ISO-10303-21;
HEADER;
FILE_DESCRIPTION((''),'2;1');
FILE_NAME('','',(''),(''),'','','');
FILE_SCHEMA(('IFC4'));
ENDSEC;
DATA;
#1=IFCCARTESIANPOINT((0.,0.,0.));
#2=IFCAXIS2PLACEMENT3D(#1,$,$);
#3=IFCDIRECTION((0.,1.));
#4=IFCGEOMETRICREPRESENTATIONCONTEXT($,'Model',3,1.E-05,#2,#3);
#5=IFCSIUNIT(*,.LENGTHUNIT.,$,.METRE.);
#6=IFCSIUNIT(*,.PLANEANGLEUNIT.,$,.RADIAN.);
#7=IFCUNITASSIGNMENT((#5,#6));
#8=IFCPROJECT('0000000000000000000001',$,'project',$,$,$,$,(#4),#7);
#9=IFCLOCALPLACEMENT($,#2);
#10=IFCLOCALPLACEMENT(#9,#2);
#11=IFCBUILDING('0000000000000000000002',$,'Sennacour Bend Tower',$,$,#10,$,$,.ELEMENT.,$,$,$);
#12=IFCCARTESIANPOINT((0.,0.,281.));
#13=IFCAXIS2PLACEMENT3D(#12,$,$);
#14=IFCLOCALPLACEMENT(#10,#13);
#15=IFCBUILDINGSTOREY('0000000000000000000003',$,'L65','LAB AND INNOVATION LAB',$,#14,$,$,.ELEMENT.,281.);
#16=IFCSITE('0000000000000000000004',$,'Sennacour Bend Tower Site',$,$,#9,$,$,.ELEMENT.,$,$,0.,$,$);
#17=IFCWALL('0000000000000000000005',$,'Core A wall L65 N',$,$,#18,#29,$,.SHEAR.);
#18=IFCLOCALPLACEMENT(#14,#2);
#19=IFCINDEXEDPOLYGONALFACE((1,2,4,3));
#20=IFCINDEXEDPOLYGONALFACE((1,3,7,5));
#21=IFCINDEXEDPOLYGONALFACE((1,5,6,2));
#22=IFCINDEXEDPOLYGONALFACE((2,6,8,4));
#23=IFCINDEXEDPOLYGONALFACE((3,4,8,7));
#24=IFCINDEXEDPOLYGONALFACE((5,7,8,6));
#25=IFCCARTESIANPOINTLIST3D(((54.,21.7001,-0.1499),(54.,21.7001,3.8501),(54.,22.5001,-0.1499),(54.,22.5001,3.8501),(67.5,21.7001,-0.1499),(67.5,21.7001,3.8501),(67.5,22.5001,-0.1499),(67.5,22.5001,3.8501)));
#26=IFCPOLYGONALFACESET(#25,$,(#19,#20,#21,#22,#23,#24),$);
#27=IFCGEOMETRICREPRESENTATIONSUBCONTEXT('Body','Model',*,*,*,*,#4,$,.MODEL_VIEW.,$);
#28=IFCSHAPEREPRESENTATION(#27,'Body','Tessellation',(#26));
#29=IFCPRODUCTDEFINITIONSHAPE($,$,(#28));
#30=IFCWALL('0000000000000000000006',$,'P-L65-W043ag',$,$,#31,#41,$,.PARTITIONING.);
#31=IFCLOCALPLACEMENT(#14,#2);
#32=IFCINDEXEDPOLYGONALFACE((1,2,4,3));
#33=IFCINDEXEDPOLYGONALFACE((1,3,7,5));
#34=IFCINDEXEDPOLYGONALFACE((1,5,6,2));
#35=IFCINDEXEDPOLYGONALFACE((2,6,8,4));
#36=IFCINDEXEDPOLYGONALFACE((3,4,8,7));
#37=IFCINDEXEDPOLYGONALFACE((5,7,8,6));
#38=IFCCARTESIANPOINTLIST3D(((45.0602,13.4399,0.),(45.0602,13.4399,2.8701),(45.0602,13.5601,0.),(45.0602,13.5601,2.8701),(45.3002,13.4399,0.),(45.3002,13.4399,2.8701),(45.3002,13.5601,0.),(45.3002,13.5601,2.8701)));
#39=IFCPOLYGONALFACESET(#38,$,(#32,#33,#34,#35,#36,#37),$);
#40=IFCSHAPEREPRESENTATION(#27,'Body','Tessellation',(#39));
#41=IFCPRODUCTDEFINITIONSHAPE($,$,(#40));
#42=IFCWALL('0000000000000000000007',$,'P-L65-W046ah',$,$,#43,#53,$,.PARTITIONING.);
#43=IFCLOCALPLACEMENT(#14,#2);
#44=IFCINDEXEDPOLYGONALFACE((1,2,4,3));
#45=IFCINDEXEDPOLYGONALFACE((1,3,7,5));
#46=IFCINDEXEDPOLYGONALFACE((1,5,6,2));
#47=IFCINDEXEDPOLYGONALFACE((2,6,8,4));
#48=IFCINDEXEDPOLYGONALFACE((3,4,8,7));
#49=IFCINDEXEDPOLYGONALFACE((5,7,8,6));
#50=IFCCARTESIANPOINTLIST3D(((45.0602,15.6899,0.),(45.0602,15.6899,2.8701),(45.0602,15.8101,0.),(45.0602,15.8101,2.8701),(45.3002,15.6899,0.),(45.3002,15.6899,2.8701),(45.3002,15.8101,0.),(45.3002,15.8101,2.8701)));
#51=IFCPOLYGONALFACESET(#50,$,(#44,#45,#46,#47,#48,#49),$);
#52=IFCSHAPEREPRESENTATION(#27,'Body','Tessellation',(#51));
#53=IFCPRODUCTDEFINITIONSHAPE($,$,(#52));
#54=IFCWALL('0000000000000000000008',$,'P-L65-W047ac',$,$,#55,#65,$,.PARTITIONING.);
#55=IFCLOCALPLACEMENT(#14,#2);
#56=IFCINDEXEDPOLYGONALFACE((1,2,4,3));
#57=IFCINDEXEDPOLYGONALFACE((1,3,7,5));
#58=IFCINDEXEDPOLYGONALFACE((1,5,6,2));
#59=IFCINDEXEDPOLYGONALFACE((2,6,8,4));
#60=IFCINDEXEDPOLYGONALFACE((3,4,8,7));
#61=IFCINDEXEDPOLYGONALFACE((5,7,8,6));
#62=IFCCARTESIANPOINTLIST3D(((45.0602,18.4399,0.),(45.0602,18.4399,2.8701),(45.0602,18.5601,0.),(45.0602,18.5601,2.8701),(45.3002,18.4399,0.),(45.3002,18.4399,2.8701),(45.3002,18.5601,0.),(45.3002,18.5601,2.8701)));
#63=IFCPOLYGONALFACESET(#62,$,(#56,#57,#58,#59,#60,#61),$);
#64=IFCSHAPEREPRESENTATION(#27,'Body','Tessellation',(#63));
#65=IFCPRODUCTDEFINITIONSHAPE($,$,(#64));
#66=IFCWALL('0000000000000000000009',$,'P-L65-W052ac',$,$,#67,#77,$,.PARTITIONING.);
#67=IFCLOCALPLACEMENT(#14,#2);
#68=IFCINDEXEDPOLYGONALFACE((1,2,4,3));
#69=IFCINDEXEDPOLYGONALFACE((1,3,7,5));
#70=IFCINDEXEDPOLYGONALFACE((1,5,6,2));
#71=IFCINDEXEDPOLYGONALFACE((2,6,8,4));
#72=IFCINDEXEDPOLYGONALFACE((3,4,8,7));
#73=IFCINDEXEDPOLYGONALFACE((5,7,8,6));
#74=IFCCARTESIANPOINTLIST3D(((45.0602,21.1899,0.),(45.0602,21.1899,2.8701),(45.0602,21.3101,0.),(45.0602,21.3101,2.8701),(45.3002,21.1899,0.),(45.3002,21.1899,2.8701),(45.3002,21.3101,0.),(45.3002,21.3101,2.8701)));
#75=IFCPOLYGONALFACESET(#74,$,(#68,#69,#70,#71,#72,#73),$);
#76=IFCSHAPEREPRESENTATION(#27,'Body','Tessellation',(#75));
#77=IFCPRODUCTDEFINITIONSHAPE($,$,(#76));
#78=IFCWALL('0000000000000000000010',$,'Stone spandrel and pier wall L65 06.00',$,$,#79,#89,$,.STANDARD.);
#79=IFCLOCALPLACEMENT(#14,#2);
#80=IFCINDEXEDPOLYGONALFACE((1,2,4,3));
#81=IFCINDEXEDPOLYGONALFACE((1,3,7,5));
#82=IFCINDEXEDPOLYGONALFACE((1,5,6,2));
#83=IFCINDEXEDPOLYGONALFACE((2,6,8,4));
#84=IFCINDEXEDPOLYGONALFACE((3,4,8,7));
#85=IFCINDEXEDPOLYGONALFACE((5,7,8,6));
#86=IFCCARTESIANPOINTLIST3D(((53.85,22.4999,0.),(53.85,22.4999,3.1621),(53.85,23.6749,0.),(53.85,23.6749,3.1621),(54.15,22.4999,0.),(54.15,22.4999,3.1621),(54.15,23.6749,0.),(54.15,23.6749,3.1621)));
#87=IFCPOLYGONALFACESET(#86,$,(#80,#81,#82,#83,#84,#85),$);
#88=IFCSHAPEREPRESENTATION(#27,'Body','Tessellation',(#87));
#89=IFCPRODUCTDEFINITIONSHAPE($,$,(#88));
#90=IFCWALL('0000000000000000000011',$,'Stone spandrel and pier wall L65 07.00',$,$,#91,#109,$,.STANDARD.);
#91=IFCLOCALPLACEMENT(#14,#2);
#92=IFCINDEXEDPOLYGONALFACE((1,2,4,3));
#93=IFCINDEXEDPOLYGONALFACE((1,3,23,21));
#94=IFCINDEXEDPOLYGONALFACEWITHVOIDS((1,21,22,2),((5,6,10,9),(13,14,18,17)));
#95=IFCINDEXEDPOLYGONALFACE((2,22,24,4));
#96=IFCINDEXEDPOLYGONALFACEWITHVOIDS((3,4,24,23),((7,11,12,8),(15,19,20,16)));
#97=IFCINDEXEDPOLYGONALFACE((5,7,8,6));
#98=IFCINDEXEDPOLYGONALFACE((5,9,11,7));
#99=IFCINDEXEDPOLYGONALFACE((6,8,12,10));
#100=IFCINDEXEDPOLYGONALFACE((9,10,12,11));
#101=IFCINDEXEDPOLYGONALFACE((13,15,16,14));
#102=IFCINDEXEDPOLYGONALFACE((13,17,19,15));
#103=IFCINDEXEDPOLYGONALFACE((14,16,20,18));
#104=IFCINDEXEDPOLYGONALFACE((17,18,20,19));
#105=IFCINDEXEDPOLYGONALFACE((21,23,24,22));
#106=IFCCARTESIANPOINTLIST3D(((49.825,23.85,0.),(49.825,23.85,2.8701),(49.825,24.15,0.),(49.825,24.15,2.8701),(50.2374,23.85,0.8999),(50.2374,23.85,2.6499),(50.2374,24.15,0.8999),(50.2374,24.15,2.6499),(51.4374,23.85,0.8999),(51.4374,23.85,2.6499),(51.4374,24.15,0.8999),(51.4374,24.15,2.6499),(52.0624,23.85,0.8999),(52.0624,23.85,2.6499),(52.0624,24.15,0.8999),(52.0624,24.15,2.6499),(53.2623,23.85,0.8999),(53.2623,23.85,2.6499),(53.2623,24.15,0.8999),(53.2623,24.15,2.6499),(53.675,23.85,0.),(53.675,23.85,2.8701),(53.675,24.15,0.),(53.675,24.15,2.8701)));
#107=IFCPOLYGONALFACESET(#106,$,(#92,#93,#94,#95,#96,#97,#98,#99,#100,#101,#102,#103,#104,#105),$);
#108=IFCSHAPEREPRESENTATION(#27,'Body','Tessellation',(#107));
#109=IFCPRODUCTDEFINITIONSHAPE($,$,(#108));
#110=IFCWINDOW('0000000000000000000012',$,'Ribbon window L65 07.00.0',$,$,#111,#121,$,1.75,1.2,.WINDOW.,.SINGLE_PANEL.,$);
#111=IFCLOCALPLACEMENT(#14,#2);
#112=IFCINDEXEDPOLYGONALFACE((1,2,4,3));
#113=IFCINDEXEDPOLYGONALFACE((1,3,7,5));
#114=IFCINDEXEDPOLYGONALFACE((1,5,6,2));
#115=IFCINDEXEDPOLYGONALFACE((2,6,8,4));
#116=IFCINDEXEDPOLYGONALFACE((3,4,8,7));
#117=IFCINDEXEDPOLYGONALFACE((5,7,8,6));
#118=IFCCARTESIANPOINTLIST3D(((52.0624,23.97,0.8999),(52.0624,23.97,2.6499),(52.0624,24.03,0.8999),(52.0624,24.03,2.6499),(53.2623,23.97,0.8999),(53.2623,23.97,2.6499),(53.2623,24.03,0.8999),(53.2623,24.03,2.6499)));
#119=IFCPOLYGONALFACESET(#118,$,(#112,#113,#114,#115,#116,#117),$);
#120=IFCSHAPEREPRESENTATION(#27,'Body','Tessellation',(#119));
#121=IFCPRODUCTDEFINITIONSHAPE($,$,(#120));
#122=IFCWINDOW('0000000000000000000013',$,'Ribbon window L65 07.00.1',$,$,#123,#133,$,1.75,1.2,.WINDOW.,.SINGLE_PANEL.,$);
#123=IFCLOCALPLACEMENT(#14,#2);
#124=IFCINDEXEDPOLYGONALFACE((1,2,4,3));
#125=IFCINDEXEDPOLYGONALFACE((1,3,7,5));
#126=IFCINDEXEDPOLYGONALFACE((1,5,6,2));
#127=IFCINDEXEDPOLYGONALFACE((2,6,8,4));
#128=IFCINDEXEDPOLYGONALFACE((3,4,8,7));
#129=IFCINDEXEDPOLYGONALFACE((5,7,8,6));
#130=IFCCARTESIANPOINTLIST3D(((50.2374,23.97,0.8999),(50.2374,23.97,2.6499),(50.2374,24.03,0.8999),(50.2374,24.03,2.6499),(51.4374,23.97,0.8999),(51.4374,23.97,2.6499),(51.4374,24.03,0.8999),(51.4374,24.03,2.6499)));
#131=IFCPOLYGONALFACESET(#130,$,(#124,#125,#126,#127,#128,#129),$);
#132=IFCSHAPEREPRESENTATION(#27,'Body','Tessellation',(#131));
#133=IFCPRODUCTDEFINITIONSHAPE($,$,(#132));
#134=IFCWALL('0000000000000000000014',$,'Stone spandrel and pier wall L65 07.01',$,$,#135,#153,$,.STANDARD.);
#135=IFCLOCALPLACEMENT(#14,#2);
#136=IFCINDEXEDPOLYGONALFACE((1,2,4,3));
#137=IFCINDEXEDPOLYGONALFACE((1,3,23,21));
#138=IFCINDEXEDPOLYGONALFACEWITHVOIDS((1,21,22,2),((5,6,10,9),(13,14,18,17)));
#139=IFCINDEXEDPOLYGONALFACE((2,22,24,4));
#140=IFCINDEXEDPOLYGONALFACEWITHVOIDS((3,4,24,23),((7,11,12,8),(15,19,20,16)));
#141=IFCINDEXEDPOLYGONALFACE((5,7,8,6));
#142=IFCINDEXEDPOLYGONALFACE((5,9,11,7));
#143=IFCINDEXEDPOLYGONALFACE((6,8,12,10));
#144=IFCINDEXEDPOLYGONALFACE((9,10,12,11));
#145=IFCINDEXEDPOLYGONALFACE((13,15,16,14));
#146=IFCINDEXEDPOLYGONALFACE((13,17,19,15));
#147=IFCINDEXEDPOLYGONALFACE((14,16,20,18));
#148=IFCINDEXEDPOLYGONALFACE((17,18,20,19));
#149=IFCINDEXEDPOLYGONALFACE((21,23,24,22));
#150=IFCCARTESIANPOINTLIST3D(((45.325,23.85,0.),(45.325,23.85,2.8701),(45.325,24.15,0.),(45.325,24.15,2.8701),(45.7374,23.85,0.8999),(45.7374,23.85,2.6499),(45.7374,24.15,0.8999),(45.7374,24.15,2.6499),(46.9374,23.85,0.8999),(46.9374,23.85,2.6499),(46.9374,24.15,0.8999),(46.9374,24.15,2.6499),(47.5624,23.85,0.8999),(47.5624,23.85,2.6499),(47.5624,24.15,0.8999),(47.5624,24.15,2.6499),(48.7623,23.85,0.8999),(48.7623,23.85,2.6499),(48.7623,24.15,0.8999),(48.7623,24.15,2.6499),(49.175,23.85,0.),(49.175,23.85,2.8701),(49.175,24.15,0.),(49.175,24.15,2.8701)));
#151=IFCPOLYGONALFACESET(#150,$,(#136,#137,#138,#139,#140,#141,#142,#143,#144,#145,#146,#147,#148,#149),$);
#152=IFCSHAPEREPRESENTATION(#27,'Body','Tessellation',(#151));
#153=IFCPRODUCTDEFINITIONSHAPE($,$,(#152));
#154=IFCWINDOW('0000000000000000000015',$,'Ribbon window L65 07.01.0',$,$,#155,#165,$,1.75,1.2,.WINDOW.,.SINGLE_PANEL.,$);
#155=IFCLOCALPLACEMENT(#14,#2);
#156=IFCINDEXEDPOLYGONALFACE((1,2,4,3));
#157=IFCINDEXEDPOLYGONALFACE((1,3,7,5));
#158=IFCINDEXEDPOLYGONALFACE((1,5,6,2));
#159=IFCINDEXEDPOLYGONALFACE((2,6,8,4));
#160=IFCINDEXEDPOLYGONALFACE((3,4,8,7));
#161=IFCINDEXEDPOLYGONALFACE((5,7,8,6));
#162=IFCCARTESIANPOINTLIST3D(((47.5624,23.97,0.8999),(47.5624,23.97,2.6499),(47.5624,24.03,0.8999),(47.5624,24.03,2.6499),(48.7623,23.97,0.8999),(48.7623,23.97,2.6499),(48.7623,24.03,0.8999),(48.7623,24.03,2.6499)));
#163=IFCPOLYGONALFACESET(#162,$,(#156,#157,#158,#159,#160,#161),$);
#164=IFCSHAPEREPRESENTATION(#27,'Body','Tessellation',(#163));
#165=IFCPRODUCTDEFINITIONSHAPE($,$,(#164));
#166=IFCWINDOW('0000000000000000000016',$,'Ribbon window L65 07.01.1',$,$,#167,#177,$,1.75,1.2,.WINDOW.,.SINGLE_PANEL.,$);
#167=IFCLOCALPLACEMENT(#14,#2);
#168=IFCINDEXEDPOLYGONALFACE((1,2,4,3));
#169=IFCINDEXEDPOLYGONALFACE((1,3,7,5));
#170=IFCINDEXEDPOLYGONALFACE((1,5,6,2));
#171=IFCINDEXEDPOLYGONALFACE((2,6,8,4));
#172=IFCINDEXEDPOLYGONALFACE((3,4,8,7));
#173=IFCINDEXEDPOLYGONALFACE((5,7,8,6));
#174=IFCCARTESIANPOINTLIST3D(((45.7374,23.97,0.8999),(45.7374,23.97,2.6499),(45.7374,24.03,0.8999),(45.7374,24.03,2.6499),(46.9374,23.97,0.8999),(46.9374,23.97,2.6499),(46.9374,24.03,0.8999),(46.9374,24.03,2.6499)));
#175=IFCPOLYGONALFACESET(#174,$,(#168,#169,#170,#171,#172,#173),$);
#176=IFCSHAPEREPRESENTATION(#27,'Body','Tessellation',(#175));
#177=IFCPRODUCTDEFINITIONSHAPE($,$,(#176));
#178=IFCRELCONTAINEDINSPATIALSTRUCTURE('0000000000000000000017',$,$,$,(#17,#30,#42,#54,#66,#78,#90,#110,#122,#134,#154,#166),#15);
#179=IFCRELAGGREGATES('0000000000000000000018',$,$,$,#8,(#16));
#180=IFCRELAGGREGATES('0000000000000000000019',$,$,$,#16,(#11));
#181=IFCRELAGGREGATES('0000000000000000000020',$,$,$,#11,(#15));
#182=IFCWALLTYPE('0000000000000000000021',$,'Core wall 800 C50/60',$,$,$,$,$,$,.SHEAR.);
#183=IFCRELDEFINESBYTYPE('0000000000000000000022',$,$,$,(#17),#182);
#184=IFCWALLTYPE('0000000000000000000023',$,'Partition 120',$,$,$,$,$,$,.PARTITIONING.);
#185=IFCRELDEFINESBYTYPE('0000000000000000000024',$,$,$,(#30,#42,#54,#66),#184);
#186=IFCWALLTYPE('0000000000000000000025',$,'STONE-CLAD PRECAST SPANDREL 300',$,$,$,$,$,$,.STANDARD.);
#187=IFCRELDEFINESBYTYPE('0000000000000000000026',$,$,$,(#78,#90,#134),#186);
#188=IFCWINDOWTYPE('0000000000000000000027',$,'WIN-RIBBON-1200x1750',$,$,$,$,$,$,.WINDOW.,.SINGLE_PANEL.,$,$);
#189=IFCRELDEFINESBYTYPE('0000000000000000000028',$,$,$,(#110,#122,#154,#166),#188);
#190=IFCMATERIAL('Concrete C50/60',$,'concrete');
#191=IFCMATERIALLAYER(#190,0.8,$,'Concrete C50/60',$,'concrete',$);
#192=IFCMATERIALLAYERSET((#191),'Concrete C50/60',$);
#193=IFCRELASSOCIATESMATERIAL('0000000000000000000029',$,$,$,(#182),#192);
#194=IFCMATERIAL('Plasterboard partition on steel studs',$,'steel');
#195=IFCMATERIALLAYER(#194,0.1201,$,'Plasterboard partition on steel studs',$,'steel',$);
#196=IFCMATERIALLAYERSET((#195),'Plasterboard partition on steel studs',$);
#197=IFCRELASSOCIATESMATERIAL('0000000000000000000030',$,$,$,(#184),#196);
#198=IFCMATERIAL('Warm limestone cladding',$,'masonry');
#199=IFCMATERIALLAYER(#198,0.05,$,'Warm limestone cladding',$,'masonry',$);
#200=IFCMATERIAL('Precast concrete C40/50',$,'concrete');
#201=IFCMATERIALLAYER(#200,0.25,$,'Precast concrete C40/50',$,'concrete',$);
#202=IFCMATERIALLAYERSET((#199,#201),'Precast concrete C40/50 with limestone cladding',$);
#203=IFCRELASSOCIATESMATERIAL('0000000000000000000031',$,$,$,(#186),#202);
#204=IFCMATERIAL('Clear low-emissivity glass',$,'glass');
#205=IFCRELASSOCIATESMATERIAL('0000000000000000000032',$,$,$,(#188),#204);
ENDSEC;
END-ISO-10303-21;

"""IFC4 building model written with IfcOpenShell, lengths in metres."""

from ifc_helpers import new_model, si_unit, direction, frame, frame_2d, origin, place, context, subcontext, project, spatial, rectangle, extrude, material, layer, layer_set, type_object, element, fill, save


model = new_model("IFC4")

# Units and contexts
model_context = context("Model", 3, precision=1e-05, world=origin(), true_north=direction((0.0, 1.0)))
body_context = subcontext(model_context, "Body", "Model", "MODEL_VIEW")
ifc_project = project(units=[si_unit("LENGTHUNIT", "METRE"), si_unit("PLANEANGLEUNIT", "RADIAN")], contexts=[model_context])

# Site, building, storey
site_placement = place(None, origin())
site = spatial("IfcSite", under=ifc_project, at=site_placement, Name="Sennacour Bend Tower Site", CompositionType="ELEMENT", RefElevation=0.0)
building_placement = place(site_placement, origin())
building = spatial("IfcBuilding", under=site, at=building_placement, Name="Sennacour Bend Tower", CompositionType="ELEMENT")
storey_placement = place(building_placement, frame((0.0, 0.0, 281.0)))
storey = spatial("IfcBuildingStorey", under=building, at=storey_placement, Name="L65", Description="LAB AND INNOVATION LAB", CompositionType="ELEMENT", Elevation=281.0)

# Walls
ifc_material_1 = material(Name="Concrete C50/60", Category="concrete")
ifc_layer_1 = layer(ifc_material_1, 0.8, Name="Concrete C50/60", Category="concrete")
ifc_layer_set_1 = layer_set([ifc_layer_1], Name="Concrete C50/60")
wall_type_1 = type_object("IfcWallType", Name="Core wall 800 C50/60", PredefinedType="SHEAR", material=ifc_layer_set_1)
wall_1_placement = place(storey_placement, frame((54.0, 22.1001, -0.1499), z_axis=(0.0, 0.0, 1.0), x_axis=(1.0, 0.0, 0.0)))
element("IfcWall", 1, at=wall_1_placement, inside=storey, type_object=wall_type_1, Name="Core A wall L65 N", PredefinedType="SHEAR", context=body_context, shape_type="SweptSolid", body=[
    extrude(rectangle(XDim=13.5, YDim=0.8, at=frame_2d((6.75, 0.0))), origin(), (0.0, 0.0, 1.0), 4.0),
])
ifc_material_2 = material(Name="Plasterboard partition on steel studs", Category="steel")
ifc_layer_2 = layer(ifc_material_2, 0.1201, Name="Plasterboard partition on steel studs", Category="steel")
ifc_layer_set_2 = layer_set([ifc_layer_2], Name="Plasterboard partition on steel studs")
wall_type_2 = type_object("IfcWallType", Name="Partition 120", PredefinedType="PARTITIONING", material=ifc_layer_set_2)
for number, where, z_axis, x_axis, name in (
    (2, (45.0601, 13.5, 0.0), (0.0, 0.0, 1.0), (1.0, 0.0, 0.0), "P-L65-W043ag"),
    (3, (45.0601, 15.75, 0.0), (0.0, 0.0, 1.0), (1.0, 0.0, 0.0), "P-L65-W046ah"),
    (4, (45.0601, 18.5, 0.0), (0.0, 0.0, 1.0), (1.0, 0.0, 0.0), "P-L65-W047ac"),
    (5, (45.0601, 21.25, 0.0), (0.0, 0.0, 1.0), (1.0, 0.0, 0.0), "P-L65-W052ac"),
):
    element("IfcWall", number, at=place(storey_placement, frame(where, z_axis=z_axis, x_axis=x_axis)), inside=storey, type_object=wall_type_2, Name=name, PredefinedType="PARTITIONING", context=body_context, shape_type="SweptSolid", body=[
        extrude(rectangle(XDim=0.24, YDim=0.1201, at=frame_2d((0.1201, 0.0))), origin(), (0.0, 0.0, 1.0), 2.8701),
    ])
ifc_material_3 = material(Name="Warm limestone cladding", Category="masonry")
ifc_layer_3 = layer(ifc_material_3, 0.05, Name="Warm limestone cladding", Category="masonry")
ifc_material_4 = material(Name="Precast concrete C40/50", Category="concrete")
ifc_layer_4 = layer(ifc_material_4, 0.25, Name="Precast concrete C40/50", Category="concrete")
ifc_layer_set_3 = layer_set([ifc_layer_3, ifc_layer_4], Name="Precast concrete C40/50 with limestone cladding")
wall_type_3 = type_object("IfcWallType", Name="STONE-CLAD PRECAST SPANDREL 300", PredefinedType="STANDARD", material=ifc_layer_set_3)
wall_2_placement = place(storey_placement, frame((54.0, 22.5, 0.0), z_axis=(0.0, 0.0, 1.0), x_axis=(0.0, 1.0, 0.0)))
element("IfcWall", 6, at=wall_2_placement, inside=storey, type_object=wall_type_3, Name="Stone spandrel and pier wall L65 06.00", PredefinedType="STANDARD", context=body_context, shape_type="SweptSolid", body=[
    extrude(rectangle(XDim=1.175, YDim=0.3, at=frame_2d((0.5874, 0.0))), origin(), (0.0, 0.0, 1.0), 3.1621),
])

# Walls, openings, windows
wall_3_placement = place(storey_placement, frame((53.675, 24.0, 0.0), z_axis=(0.0, 0.0, 1.0), x_axis=(-1.0, 0.0, 0.0)))
wall_3 = element("IfcWall", 7, at=wall_3_placement, inside=storey, type_object=wall_type_3, Name="Stone spandrel and pier wall L65 07.00", PredefinedType="STANDARD", context=body_context, shape_type="SweptSolid", body=[
    extrude(rectangle(XDim=3.8501, YDim=0.3, at=frame_2d((1.925, 0.0))), origin(), (0.0, 0.0, 1.0), 2.8701),
])
opening_1_placement = place(wall_3_placement, frame((0.4126, 0.0, 0.8999)))
opening_1 = element("IfcOpeningElement", 8, at=opening_1_placement, cuts=wall_3, PredefinedType="OPENING", context=body_context, shape_type="SweptSolid", body=[
    extrude(rectangle(XDim=1.2, YDim=1.75, at=frame_2d((0.6001, 0.875))), frame((0.0, 0.1602, 0.0), z_axis=(0.0, -1.0, 0.0), x_axis=(1.0, 0.0, 0.0)), (0.0, 0.0, 1.0), 0.3201),
])
opening_2_placement = place(wall_3_placement, frame((2.2375, 0.0, 0.8999)))
opening_2 = element("IfcOpeningElement", 9, at=opening_2_placement, cuts=wall_3, PredefinedType="OPENING", context=body_context, shape_type="SweptSolid", body=[
    extrude(rectangle(XDim=1.2, YDim=1.75, at=frame_2d((0.6001, 0.875))), frame((0.0, 0.1602, 0.0), z_axis=(0.0, -1.0, 0.0), x_axis=(1.0, 0.0, 0.0)), (0.0, 0.0, 1.0), 0.3201),
])
ifc_material_5 = material(Name="Clear low-emissivity glass", Category="glass")
window_type = type_object("IfcWindowType", Name="WIN-RIBBON-1200x1750", PartitioningType="SINGLE_PANEL", PredefinedType="WINDOW", material=ifc_material_5)
window_1_placement = place(opening_1_placement, origin())
window_1 = element("IfcWindow", 10, at=window_1_placement, inside=storey, type_object=window_type, Name="Ribbon window L65 07.00.0", OverallHeight=1.75, OverallWidth=1.2, PartitioningType="SINGLE_PANEL", PredefinedType="WINDOW", context=body_context, shape_type="SweptSolid", body=[
    extrude(rectangle(XDim=1.2, YDim=1.75, at=frame_2d((0.6001, 0.875))), frame((0.0, 0.03, 0.0), z_axis=(0.0, -1.0, 0.0), x_axis=(1.0, 0.0, 0.0)), (0.0, 0.0, 1.0), 0.0601),
])
fill(opening_1, window_1)
window_2_placement = place(opening_2_placement, origin())
window_2 = element("IfcWindow", 11, at=window_2_placement, inside=storey, type_object=window_type, Name="Ribbon window L65 07.00.1", OverallHeight=1.75, OverallWidth=1.2, PartitioningType="SINGLE_PANEL", PredefinedType="WINDOW", context=body_context, shape_type="SweptSolid", body=[
    extrude(rectangle(XDim=1.2, YDim=1.75, at=frame_2d((0.6001, 0.875))), frame((0.0, 0.03, 0.0), z_axis=(0.0, -1.0, 0.0), x_axis=(1.0, 0.0, 0.0)), (0.0, 0.0, 1.0), 0.0601),
])
fill(opening_2, window_2)
wall_4_placement = place(storey_placement, frame((49.175, 24.0, 0.0), z_axis=(0.0, 0.0, 1.0), x_axis=(-1.0, 0.0, 0.0)))
wall_4 = element("IfcWall", 12, at=wall_4_placement, inside=storey, type_object=wall_type_3, Name="Stone spandrel and pier wall L65 07.01", PredefinedType="STANDARD", context=body_context, shape_type="SweptSolid", body=[
    extrude(rectangle(XDim=3.8501, YDim=0.3, at=frame_2d((1.925, 0.0))), origin(), (0.0, 0.0, 1.0), 2.8701),
])
opening_3_placement = place(wall_4_placement, frame((0.4126, 0.0, 0.8999)))
opening_3 = element("IfcOpeningElement", 13, at=opening_3_placement, cuts=wall_4, PredefinedType="OPENING", context=body_context, shape_type="SweptSolid", body=[
    extrude(rectangle(XDim=1.2, YDim=1.75, at=frame_2d((0.6001, 0.875))), frame((0.0, 0.1602, 0.0), z_axis=(0.0, -1.0, 0.0), x_axis=(1.0, 0.0, 0.0)), (0.0, 0.0, 1.0), 0.3201),
])
opening_4_placement = place(wall_4_placement, frame((2.2375, 0.0, 0.8999)))
opening_4 = element("IfcOpeningElement", 14, at=opening_4_placement, cuts=wall_4, PredefinedType="OPENING", context=body_context, shape_type="SweptSolid", body=[
    extrude(rectangle(XDim=1.2, YDim=1.75, at=frame_2d((0.6001, 0.875))), frame((0.0, 0.1602, 0.0), z_axis=(0.0, -1.0, 0.0), x_axis=(1.0, 0.0, 0.0)), (0.0, 0.0, 1.0), 0.3201),
])
window_3_placement = place(opening_3_placement, origin())
window_3 = element("IfcWindow", 15, at=window_3_placement, inside=storey, type_object=window_type, Name="Ribbon window L65 07.01.0", OverallHeight=1.75, OverallWidth=1.2, PartitioningType="SINGLE_PANEL", PredefinedType="WINDOW", context=body_context, shape_type="SweptSolid", body=[
    extrude(rectangle(XDim=1.2, YDim=1.75, at=frame_2d((0.6001, 0.875))), frame((0.0, 0.03, 0.0), z_axis=(0.0, -1.0, 0.0), x_axis=(1.0, 0.0, 0.0)), (0.0, 0.0, 1.0), 0.0601),
])
fill(opening_3, window_3)
window_4_placement = place(opening_4_placement, origin())
window_4 = element("IfcWindow", 16, at=window_4_placement, inside=storey, type_object=window_type, Name="Ribbon window L65 07.01.1", OverallHeight=1.75, OverallWidth=1.2, PartitioningType="SINGLE_PANEL", PredefinedType="WINDOW", context=body_context, shape_type="SweptSolid", body=[
    extrude(rectangle(XDim=1.2, YDim=1.75, at=frame_2d((0.6001, 0.875))), frame((0.0, 0.03, 0.0), z_axis=(0.0, -1.0, 0.0), x_axis=(1.0, 0.0, 0.0)), (0.0, 0.0, 1.0), 0.0601),
])
fill(opening_4, window_4)

save(model, "model.ifc")
